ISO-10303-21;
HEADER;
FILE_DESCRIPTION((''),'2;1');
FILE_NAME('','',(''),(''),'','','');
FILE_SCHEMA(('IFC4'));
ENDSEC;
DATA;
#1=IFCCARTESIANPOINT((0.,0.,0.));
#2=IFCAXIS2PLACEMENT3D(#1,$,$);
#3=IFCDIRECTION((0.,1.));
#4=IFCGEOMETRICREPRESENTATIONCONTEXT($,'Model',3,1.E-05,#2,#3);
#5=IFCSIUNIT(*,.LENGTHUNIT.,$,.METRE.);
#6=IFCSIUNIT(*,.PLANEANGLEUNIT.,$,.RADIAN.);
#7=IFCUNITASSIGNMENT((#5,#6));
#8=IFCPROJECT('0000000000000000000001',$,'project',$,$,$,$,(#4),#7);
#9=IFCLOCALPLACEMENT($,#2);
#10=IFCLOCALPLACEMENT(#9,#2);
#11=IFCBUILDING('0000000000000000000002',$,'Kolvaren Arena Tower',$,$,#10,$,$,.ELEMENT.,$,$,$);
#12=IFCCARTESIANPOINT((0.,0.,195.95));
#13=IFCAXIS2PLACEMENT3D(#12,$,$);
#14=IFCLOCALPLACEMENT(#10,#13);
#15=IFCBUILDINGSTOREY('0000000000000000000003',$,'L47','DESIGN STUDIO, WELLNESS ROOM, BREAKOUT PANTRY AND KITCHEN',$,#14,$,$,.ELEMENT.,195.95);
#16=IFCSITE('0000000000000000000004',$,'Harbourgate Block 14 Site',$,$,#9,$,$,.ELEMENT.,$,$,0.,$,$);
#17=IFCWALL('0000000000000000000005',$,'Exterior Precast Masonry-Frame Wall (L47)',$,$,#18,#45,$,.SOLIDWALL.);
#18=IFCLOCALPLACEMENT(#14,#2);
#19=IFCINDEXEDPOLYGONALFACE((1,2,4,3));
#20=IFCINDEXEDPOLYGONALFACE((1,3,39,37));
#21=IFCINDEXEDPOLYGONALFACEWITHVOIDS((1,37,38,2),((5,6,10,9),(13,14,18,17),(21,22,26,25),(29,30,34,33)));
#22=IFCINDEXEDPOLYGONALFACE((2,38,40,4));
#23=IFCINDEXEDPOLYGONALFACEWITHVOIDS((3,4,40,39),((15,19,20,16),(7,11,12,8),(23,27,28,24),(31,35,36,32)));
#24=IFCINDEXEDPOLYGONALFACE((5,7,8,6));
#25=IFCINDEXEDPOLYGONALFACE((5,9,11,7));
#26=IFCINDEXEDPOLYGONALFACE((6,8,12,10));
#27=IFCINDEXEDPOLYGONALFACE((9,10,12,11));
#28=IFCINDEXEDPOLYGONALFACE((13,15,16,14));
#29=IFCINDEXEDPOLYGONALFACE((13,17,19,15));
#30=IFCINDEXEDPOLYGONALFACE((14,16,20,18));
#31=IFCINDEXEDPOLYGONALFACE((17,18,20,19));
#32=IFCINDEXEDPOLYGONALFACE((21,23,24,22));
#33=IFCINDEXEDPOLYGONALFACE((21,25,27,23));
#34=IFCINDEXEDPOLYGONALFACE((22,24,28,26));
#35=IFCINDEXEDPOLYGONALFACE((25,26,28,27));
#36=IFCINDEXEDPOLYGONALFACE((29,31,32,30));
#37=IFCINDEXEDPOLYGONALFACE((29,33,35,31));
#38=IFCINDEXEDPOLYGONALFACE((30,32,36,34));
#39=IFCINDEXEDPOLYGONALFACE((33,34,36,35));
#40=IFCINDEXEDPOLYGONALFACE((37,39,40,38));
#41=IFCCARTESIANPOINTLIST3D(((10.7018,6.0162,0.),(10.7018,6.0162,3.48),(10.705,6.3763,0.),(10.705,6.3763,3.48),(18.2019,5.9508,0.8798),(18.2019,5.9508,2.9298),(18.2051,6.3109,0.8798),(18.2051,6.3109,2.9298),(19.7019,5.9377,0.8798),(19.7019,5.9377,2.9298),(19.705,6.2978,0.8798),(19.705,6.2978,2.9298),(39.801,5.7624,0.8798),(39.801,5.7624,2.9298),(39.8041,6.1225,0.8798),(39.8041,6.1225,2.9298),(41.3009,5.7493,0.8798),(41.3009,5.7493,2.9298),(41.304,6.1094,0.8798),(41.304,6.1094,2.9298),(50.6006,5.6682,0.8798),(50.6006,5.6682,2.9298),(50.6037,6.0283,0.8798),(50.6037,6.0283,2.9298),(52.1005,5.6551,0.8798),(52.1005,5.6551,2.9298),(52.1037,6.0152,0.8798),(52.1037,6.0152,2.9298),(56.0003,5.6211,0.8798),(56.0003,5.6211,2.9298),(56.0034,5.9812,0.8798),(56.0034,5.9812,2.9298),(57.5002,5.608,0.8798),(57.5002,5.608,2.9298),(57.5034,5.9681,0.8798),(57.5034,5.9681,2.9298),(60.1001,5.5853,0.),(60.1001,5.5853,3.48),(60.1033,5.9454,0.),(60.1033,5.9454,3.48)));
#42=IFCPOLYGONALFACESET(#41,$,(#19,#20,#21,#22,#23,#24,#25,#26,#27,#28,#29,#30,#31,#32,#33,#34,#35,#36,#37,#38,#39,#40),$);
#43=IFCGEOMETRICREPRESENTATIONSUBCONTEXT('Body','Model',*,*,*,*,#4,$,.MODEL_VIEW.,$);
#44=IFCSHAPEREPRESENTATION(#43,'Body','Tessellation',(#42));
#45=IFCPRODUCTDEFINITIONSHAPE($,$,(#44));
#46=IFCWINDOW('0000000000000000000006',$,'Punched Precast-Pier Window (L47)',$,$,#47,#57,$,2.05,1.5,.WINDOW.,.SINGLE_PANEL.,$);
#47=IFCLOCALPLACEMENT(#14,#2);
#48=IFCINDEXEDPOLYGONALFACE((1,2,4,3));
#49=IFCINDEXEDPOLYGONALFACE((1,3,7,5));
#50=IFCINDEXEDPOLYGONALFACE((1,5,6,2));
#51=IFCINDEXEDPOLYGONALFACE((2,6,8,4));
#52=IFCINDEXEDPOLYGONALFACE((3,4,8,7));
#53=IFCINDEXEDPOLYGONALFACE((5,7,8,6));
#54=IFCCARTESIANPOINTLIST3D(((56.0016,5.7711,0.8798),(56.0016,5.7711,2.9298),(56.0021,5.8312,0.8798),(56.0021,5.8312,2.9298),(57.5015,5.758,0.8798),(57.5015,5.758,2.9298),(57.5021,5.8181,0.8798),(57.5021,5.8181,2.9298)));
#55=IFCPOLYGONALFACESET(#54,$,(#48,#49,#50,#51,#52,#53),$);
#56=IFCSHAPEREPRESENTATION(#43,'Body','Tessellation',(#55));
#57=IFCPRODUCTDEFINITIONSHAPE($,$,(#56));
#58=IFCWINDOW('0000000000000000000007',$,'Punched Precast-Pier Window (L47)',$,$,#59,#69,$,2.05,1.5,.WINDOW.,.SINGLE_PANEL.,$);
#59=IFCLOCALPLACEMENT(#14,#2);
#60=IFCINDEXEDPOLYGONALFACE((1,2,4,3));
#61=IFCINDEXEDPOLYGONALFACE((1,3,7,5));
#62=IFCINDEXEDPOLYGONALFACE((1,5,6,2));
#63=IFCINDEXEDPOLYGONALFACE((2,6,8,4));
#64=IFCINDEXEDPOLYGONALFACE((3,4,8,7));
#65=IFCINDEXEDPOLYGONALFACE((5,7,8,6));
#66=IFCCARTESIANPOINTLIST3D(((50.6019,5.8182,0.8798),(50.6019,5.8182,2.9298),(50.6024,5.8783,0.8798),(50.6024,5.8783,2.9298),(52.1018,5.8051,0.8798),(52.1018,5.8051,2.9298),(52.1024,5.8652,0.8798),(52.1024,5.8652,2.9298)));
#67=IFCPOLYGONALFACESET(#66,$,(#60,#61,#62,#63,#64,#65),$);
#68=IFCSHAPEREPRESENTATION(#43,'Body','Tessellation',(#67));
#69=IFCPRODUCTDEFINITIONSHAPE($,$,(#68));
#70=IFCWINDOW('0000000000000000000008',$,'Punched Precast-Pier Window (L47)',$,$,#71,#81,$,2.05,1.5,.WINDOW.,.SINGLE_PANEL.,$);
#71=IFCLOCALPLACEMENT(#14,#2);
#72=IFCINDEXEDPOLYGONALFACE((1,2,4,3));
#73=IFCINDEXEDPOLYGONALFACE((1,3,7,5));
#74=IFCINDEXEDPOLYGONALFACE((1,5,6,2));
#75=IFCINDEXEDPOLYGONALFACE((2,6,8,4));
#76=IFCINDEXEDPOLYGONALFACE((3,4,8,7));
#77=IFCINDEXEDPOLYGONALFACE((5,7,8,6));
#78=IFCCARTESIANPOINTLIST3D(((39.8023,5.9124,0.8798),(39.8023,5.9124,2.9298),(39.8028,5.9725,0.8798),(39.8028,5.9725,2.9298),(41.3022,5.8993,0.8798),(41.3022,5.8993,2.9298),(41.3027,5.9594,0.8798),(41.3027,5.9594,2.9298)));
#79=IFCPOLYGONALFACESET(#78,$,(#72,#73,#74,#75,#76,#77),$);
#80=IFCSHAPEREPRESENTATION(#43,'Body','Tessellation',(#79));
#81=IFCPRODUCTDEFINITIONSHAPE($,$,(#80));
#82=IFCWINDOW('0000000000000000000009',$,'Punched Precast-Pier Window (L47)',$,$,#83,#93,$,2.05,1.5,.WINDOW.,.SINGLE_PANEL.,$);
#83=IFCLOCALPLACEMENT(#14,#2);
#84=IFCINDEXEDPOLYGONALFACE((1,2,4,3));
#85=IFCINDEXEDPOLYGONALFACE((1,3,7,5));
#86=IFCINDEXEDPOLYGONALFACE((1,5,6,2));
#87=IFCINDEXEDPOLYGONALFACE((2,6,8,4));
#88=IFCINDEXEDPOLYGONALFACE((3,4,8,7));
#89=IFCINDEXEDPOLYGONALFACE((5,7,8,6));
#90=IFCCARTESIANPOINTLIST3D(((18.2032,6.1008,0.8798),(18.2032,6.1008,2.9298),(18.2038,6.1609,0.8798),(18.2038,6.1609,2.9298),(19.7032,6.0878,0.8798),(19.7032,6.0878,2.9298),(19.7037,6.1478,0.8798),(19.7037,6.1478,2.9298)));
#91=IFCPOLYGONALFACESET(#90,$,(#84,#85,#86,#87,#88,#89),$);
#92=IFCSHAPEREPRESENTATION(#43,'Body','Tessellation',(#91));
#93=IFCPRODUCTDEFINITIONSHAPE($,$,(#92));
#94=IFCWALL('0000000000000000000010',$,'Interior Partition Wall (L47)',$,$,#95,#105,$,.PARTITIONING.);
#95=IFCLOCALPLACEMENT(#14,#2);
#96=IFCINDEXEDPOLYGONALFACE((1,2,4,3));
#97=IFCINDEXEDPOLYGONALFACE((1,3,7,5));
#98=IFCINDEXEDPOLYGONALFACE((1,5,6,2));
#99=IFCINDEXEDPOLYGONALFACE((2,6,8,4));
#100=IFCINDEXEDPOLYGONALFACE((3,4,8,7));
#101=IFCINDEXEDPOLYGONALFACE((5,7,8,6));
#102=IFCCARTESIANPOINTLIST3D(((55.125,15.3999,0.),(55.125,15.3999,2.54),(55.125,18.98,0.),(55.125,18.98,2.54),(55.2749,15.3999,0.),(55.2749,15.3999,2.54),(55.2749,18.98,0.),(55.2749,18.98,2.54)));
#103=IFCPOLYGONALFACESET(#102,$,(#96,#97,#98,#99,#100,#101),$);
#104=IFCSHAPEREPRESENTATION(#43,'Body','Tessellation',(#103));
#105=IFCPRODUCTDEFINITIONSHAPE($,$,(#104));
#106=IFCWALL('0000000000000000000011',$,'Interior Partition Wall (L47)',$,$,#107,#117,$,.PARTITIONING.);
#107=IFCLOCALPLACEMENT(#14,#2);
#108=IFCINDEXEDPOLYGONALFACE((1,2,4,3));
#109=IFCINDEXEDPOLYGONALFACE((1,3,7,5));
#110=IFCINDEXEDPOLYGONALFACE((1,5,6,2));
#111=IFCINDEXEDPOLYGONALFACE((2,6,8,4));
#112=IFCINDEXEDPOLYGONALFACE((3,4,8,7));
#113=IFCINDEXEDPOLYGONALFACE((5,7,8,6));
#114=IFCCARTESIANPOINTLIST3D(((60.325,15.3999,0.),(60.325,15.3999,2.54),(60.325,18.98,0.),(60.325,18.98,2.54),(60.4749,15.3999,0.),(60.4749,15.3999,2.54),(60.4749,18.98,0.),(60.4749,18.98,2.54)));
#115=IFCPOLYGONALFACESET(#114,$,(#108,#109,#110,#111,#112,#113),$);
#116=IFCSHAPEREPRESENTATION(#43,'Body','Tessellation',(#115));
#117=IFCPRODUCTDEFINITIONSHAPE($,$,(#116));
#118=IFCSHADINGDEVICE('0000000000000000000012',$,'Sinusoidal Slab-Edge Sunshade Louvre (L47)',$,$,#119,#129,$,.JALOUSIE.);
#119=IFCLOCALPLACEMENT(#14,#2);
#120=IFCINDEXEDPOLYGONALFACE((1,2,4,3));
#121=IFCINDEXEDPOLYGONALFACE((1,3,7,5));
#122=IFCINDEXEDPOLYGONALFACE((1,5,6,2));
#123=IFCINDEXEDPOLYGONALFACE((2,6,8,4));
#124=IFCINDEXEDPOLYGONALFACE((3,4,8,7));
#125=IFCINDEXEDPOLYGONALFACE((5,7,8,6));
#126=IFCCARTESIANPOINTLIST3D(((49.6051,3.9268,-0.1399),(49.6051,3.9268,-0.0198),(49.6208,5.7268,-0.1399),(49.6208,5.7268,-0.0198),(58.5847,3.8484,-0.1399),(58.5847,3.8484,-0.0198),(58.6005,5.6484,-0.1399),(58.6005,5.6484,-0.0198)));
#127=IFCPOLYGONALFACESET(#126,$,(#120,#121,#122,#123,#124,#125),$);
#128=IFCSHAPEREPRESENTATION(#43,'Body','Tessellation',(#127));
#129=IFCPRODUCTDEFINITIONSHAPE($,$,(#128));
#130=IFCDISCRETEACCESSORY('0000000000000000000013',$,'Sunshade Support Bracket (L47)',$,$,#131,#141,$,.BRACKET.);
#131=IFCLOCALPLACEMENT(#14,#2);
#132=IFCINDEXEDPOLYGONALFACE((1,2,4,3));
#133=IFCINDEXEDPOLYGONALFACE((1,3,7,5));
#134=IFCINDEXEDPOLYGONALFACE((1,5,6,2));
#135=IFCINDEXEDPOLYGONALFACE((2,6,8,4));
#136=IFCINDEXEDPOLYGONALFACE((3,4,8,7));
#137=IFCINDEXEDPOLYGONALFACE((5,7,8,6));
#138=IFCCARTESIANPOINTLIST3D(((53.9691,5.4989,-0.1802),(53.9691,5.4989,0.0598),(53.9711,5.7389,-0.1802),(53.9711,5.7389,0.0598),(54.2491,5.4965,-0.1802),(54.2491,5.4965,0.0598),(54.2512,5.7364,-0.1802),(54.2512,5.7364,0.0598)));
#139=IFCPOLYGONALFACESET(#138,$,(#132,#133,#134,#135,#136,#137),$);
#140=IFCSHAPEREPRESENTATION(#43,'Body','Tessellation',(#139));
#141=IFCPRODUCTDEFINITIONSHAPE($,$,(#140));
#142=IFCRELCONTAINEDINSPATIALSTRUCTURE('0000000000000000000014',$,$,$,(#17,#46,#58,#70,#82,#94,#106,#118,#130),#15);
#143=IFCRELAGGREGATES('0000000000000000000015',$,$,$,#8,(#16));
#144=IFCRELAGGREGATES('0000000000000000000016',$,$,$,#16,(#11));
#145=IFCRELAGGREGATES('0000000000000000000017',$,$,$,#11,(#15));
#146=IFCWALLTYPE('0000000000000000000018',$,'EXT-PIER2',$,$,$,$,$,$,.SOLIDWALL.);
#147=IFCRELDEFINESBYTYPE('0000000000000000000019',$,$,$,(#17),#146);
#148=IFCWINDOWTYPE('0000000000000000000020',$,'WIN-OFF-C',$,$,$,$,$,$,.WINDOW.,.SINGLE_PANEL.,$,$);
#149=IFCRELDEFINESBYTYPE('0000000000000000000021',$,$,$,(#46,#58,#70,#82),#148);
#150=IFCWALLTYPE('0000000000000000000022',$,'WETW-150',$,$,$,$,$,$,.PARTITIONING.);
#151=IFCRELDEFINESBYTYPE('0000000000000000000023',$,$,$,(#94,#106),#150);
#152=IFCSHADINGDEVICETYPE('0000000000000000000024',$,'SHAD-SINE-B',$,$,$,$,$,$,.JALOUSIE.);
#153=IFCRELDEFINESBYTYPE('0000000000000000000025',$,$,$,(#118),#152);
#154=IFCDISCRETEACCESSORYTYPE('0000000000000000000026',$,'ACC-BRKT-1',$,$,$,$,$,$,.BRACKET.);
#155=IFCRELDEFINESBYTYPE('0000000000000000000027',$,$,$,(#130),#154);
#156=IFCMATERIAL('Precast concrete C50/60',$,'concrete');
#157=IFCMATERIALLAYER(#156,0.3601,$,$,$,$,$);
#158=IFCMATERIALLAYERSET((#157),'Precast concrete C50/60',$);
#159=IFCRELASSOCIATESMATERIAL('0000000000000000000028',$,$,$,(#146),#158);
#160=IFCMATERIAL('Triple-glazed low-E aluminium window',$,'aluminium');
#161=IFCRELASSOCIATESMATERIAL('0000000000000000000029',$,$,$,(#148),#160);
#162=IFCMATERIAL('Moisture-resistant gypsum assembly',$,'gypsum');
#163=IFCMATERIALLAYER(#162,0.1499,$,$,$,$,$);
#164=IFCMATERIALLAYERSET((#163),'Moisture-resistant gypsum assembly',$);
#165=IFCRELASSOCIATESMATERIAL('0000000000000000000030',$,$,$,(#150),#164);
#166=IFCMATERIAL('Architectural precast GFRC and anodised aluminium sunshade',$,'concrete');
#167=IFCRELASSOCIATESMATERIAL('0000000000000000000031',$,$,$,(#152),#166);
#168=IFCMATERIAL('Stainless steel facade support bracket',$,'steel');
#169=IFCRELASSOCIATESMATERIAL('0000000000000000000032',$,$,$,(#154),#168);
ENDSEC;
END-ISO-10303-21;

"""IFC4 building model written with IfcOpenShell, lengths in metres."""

from ifc_helpers import new_model, si_unit, direction, frame, frame_2d, origin, origin_2d, place, context, subcontext, project, spatial, rectangle, extrude, material, layer, layer_set, type_object, element, fill, save


model = new_model("IFC4")

# Units and contexts
model_context = context("Model", 3, precision=1e-05, world=origin(), true_north=direction((0.0, 1.0)))
body_context = subcontext(model_context, "Body", "Model", "MODEL_VIEW")
ifc_project = project(units=[si_unit("LENGTHUNIT", "METRE"), si_unit("PLANEANGLEUNIT", "RADIAN")], contexts=[model_context])

# Site, building, storey
site_placement = place(None, origin())
site = spatial("IfcSite", under=ifc_project, at=site_placement, Name="Harbourgate Block 14 Site", CompositionType="ELEMENT", RefElevation=0.0)
building_placement = place(site_placement, origin())
building = spatial("IfcBuilding", under=site, at=building_placement, Name="Kolvaren Arena Tower", CompositionType="ELEMENT")
storey_placement = place(building_placement, frame((0.0, 0.0, 195.95)))
storey = spatial("IfcBuildingStorey", under=building, at=storey_placement, Name="L47", Description="DESIGN STUDIO, WELLNESS ROOM, BREAKOUT PANTRY AND KITCHEN", CompositionType="ELEMENT", Elevation=195.95)

# Shared definitions
ifc_material_1 = material(Name="Precast concrete C50/60", Category="concrete")
ifc_layer_1 = layer(ifc_material_1, 0.3601)
ifc_layer_set_1 = layer_set([ifc_layer_1], Name="Precast concrete C50/60")
wall_type_1 = type_object("IfcWallType", Name="EXT-PIER2", PredefinedType="SOLIDWALL", material=ifc_layer_set_1)

# Wall, openings, windows
wall_1_placement = place(storey_placement, frame((60.1018, 5.7654, 0.0), z_axis=(0.0, 0.0, 1.0), x_axis=(-0.999962, 0.008723, 0.0)))
wall_1 = element("IfcWall", 1, at=wall_1_placement, inside=storey, type_object=wall_type_1, Name="Exterior Precast Masonry-Frame Wall (L47)", PredefinedType="SOLIDWALL", context=body_context, shape_type="SweptSolid", body=[
    extrude(rectangle(XDim=49.4001, YDim=0.3601, at=frame_2d((24.7002, 0.0))), origin(), (0.0, 0.0, 1.0), 3.48),
])
opening_1_placement = place(wall_1_placement, frame((2.6001, 0.0, 0.8799)))
opening_1 = element("IfcOpeningElement", 2, at=opening_1_placement, cuts=wall_1, PredefinedType="OPENING", context=body_context, shape_type="SweptSolid", body=[
    extrude(rectangle(XDim=1.5, YDim=2.05, at=frame_2d((0.75, 1.0249))), frame((0.0, 0.1899, 0.0), z_axis=(0.0, -1.0, 0.0), x_axis=(1.0, 0.0, 0.0)), (0.0, 0.0, 1.0), 0.3801),
])
opening_2_placement = place(wall_1_placement, frame((8.0, 0.0, 0.8799)))
opening_2 = element("IfcOpeningElement", 3, at=opening_2_placement, cuts=wall_1, PredefinedType="OPENING", context=body_context, shape_type="SweptSolid", body=[
    extrude(rectangle(XDim=1.5, YDim=2.05, at=frame_2d((0.75, 1.0249))), frame((0.0, 0.1899, 0.0), z_axis=(0.0, -1.0, 0.0), x_axis=(1.0, 0.0, 0.0)), (0.0, 0.0, 1.0), 0.3801),
])
opening_3_placement = place(wall_1_placement, frame((18.8, 0.0, 0.8799)))
opening_3 = element("IfcOpeningElement", 4, at=opening_3_placement, cuts=wall_1, PredefinedType="OPENING", context=body_context, shape_type="SweptSolid", body=[
    extrude(rectangle(XDim=1.5, YDim=2.05, at=frame_2d((0.75, 1.0249))), frame((0.0, 0.1899, 0.0), z_axis=(0.0, -1.0, 0.0), x_axis=(1.0, 0.0, 0.0)), (0.0, 0.0, 1.0), 0.3801),
])
opening_4_placement = place(wall_1_placement, frame((40.3999, 0.0, 0.8799)))
opening_4 = element("IfcOpeningElement", 5, at=opening_4_placement, cuts=wall_1, PredefinedType="OPENING", context=body_context, shape_type="SweptSolid", body=[
    extrude(rectangle(XDim=1.5, YDim=2.05, at=frame_2d((0.75, 1.0249))), frame((0.0, 0.1899, 0.0), z_axis=(0.0, -1.0, 0.0), x_axis=(1.0, 0.0, 0.0)), (0.0, 0.0, 1.0), 0.3801),
])
ifc_material_2 = material(Name="Triple-glazed low-E aluminium window", Category="aluminium")
window_type = type_object("IfcWindowType", Name="WIN-OFF-C", PartitioningType="SINGLE_PANEL", PredefinedType="WINDOW", material=ifc_material_2)
window_1_placement = place(opening_1_placement, origin())
window_1 = element("IfcWindow", 6, at=window_1_placement, inside=storey, type_object=window_type, Name="Punched Precast-Pier Window (L47)", OverallHeight=2.05, OverallWidth=1.5, PartitioningType="SINGLE_PANEL", PredefinedType="WINDOW", context=body_context, shape_type="SweptSolid", body=[
    extrude(rectangle(XDim=1.5, YDim=2.05, at=frame_2d((0.75, 1.0249))), frame((0.0, 0.03, 0.0), z_axis=(0.0, -1.0, 0.0), x_axis=(1.0, 0.0, 0.0)), (0.0, 0.0, 1.0), 0.0601),
])
fill(opening_1, window_1)
window_2_placement = place(opening_2_placement, origin())
window_2 = element("IfcWindow", 7, at=window_2_placement, inside=storey, type_object=window_type, Name="Punched Precast-Pier Window (L47)", OverallHeight=2.05, OverallWidth=1.5, PartitioningType="SINGLE_PANEL", PredefinedType="WINDOW", context=body_context, shape_type="SweptSolid", body=[
    extrude(rectangle(XDim=1.5, YDim=2.05, at=frame_2d((0.75, 1.0249))), frame((0.0, 0.03, 0.0), z_axis=(0.0, -1.0, 0.0), x_axis=(1.0, 0.0, 0.0)), (0.0, 0.0, 1.0), 0.0601),
])
fill(opening_2, window_2)
window_3_placement = place(opening_3_placement, origin())
window_3 = element("IfcWindow", 8, at=window_3_placement, inside=storey, type_object=window_type, Name="Punched Precast-Pier Window (L47)", OverallHeight=2.05, OverallWidth=1.5, PartitioningType="SINGLE_PANEL", PredefinedType="WINDOW", context=body_context, shape_type="SweptSolid", body=[
    extrude(rectangle(XDim=1.5, YDim=2.05, at=frame_2d((0.75, 1.0249))), frame((0.0, 0.03, 0.0), z_axis=(0.0, -1.0, 0.0), x_axis=(1.0, 0.0, 0.0)), (0.0, 0.0, 1.0), 0.0601),
])
fill(opening_3, window_3)
window_4_placement = place(opening_4_placement, origin())
window_4 = element("IfcWindow", 9, at=window_4_placement, inside=storey, type_object=window_type, Name="Punched Precast-Pier Window (L47)", OverallHeight=2.05, OverallWidth=1.5, PartitioningType="SINGLE_PANEL", PredefinedType="WINDOW", context=body_context, shape_type="SweptSolid", body=[
    extrude(rectangle(XDim=1.5, YDim=2.05, at=frame_2d((0.75, 1.0249))), frame((0.0, 0.03, 0.0), z_axis=(0.0, -1.0, 0.0), x_axis=(1.0, 0.0, 0.0)), (0.0, 0.0, 1.0), 0.0601),
])
fill(opening_4, window_4)

# Walls
ifc_material_3 = material(Name="Moisture-resistant gypsum assembly", Category="gypsum")
ifc_layer_2 = layer(ifc_material_3, 0.1499)
ifc_layer_set_2 = layer_set([ifc_layer_2], Name="Moisture-resistant gypsum assembly")
wall_type_2 = type_object("IfcWallType", Name="WETW-150", PredefinedType="PARTITIONING", material=ifc_layer_set_2)
for number, where, z_axis, x_axis, name in (
    (10, (55.2, 15.3999, 0.0), (0.0, 0.0, 1.0), (0.0, 1.0, 0.0), "Interior Partition Wall (L47)"),
    (11, (60.3999, 15.3999, 0.0), (0.0, 0.0, 1.0), (0.0, 1.0, 0.0), "Interior Partition Wall (L47)"),
):
    element("IfcWall", number, at=place(storey_placement, frame(where, z_axis=z_axis, x_axis=x_axis)), inside=storey, type_object=wall_type_2, Name=name, PredefinedType="PARTITIONING", context=body_context, shape_type="SweptSolid", body=[
        extrude(rectangle(XDim=3.5801, YDim=0.1499, at=frame_2d((1.79, 0.0))), origin(), (0.0, 0.0, 1.0), 2.54),
    ])

# Shading device
ifc_material_4 = material(Name="Architectural precast GFRC and anodised aluminium sunshade", Category="concrete")
shading_device_type = type_object("IfcShadingDeviceType", Name="SHAD-SINE-B", PredefinedType="JALOUSIE", material=ifc_material_4)
shading_device_placement = place(storey_placement, frame((54.1028, 4.7876, -0.1399), z_axis=(0.0, 0.0, 1.0), x_axis=(-0.999962, 0.008727, 0.0)))
element("IfcShadingDevice", 12, at=shading_device_placement, inside=storey, type_object=shading_device_type, Name="Sinusoidal Slab-Edge Sunshade Louvre (L47)", PredefinedType="JALOUSIE", context=body_context, shape_type="SweptSolid", body=[
    extrude(rectangle(XDim=8.98, YDim=1.8, at=origin_2d()), origin(), (0.0, 0.0, 1.0), 0.1201),
])

# Discrete accessory
ifc_material_5 = material(Name="Stainless steel facade support bracket", Category="steel")
discrete_accessory_type = type_object("IfcDiscreteAccessoryType", Name="ACC-BRKT-1", PredefinedType="BRACKET", material=ifc_material_5)
discrete_accessory_placement = place(storey_placement, frame((54.1101, 5.6177, -0.1802), z_axis=(0.0, 0.0, 1.0), x_axis=(-0.999962, 0.008727, 0.0)))
element("IfcDiscreteAccessory", 13, at=discrete_accessory_placement, inside=storey, type_object=discrete_accessory_type, Name="Sunshade Support Bracket (L47)", PredefinedType="BRACKET", context=body_context, shape_type="SweptSolid", body=[
    extrude(rectangle(XDim=0.28, YDim=0.24, at=origin_2d()), origin(), (0.0, 0.0, 1.0), 0.24),
])

save(model, "model.ifc")
